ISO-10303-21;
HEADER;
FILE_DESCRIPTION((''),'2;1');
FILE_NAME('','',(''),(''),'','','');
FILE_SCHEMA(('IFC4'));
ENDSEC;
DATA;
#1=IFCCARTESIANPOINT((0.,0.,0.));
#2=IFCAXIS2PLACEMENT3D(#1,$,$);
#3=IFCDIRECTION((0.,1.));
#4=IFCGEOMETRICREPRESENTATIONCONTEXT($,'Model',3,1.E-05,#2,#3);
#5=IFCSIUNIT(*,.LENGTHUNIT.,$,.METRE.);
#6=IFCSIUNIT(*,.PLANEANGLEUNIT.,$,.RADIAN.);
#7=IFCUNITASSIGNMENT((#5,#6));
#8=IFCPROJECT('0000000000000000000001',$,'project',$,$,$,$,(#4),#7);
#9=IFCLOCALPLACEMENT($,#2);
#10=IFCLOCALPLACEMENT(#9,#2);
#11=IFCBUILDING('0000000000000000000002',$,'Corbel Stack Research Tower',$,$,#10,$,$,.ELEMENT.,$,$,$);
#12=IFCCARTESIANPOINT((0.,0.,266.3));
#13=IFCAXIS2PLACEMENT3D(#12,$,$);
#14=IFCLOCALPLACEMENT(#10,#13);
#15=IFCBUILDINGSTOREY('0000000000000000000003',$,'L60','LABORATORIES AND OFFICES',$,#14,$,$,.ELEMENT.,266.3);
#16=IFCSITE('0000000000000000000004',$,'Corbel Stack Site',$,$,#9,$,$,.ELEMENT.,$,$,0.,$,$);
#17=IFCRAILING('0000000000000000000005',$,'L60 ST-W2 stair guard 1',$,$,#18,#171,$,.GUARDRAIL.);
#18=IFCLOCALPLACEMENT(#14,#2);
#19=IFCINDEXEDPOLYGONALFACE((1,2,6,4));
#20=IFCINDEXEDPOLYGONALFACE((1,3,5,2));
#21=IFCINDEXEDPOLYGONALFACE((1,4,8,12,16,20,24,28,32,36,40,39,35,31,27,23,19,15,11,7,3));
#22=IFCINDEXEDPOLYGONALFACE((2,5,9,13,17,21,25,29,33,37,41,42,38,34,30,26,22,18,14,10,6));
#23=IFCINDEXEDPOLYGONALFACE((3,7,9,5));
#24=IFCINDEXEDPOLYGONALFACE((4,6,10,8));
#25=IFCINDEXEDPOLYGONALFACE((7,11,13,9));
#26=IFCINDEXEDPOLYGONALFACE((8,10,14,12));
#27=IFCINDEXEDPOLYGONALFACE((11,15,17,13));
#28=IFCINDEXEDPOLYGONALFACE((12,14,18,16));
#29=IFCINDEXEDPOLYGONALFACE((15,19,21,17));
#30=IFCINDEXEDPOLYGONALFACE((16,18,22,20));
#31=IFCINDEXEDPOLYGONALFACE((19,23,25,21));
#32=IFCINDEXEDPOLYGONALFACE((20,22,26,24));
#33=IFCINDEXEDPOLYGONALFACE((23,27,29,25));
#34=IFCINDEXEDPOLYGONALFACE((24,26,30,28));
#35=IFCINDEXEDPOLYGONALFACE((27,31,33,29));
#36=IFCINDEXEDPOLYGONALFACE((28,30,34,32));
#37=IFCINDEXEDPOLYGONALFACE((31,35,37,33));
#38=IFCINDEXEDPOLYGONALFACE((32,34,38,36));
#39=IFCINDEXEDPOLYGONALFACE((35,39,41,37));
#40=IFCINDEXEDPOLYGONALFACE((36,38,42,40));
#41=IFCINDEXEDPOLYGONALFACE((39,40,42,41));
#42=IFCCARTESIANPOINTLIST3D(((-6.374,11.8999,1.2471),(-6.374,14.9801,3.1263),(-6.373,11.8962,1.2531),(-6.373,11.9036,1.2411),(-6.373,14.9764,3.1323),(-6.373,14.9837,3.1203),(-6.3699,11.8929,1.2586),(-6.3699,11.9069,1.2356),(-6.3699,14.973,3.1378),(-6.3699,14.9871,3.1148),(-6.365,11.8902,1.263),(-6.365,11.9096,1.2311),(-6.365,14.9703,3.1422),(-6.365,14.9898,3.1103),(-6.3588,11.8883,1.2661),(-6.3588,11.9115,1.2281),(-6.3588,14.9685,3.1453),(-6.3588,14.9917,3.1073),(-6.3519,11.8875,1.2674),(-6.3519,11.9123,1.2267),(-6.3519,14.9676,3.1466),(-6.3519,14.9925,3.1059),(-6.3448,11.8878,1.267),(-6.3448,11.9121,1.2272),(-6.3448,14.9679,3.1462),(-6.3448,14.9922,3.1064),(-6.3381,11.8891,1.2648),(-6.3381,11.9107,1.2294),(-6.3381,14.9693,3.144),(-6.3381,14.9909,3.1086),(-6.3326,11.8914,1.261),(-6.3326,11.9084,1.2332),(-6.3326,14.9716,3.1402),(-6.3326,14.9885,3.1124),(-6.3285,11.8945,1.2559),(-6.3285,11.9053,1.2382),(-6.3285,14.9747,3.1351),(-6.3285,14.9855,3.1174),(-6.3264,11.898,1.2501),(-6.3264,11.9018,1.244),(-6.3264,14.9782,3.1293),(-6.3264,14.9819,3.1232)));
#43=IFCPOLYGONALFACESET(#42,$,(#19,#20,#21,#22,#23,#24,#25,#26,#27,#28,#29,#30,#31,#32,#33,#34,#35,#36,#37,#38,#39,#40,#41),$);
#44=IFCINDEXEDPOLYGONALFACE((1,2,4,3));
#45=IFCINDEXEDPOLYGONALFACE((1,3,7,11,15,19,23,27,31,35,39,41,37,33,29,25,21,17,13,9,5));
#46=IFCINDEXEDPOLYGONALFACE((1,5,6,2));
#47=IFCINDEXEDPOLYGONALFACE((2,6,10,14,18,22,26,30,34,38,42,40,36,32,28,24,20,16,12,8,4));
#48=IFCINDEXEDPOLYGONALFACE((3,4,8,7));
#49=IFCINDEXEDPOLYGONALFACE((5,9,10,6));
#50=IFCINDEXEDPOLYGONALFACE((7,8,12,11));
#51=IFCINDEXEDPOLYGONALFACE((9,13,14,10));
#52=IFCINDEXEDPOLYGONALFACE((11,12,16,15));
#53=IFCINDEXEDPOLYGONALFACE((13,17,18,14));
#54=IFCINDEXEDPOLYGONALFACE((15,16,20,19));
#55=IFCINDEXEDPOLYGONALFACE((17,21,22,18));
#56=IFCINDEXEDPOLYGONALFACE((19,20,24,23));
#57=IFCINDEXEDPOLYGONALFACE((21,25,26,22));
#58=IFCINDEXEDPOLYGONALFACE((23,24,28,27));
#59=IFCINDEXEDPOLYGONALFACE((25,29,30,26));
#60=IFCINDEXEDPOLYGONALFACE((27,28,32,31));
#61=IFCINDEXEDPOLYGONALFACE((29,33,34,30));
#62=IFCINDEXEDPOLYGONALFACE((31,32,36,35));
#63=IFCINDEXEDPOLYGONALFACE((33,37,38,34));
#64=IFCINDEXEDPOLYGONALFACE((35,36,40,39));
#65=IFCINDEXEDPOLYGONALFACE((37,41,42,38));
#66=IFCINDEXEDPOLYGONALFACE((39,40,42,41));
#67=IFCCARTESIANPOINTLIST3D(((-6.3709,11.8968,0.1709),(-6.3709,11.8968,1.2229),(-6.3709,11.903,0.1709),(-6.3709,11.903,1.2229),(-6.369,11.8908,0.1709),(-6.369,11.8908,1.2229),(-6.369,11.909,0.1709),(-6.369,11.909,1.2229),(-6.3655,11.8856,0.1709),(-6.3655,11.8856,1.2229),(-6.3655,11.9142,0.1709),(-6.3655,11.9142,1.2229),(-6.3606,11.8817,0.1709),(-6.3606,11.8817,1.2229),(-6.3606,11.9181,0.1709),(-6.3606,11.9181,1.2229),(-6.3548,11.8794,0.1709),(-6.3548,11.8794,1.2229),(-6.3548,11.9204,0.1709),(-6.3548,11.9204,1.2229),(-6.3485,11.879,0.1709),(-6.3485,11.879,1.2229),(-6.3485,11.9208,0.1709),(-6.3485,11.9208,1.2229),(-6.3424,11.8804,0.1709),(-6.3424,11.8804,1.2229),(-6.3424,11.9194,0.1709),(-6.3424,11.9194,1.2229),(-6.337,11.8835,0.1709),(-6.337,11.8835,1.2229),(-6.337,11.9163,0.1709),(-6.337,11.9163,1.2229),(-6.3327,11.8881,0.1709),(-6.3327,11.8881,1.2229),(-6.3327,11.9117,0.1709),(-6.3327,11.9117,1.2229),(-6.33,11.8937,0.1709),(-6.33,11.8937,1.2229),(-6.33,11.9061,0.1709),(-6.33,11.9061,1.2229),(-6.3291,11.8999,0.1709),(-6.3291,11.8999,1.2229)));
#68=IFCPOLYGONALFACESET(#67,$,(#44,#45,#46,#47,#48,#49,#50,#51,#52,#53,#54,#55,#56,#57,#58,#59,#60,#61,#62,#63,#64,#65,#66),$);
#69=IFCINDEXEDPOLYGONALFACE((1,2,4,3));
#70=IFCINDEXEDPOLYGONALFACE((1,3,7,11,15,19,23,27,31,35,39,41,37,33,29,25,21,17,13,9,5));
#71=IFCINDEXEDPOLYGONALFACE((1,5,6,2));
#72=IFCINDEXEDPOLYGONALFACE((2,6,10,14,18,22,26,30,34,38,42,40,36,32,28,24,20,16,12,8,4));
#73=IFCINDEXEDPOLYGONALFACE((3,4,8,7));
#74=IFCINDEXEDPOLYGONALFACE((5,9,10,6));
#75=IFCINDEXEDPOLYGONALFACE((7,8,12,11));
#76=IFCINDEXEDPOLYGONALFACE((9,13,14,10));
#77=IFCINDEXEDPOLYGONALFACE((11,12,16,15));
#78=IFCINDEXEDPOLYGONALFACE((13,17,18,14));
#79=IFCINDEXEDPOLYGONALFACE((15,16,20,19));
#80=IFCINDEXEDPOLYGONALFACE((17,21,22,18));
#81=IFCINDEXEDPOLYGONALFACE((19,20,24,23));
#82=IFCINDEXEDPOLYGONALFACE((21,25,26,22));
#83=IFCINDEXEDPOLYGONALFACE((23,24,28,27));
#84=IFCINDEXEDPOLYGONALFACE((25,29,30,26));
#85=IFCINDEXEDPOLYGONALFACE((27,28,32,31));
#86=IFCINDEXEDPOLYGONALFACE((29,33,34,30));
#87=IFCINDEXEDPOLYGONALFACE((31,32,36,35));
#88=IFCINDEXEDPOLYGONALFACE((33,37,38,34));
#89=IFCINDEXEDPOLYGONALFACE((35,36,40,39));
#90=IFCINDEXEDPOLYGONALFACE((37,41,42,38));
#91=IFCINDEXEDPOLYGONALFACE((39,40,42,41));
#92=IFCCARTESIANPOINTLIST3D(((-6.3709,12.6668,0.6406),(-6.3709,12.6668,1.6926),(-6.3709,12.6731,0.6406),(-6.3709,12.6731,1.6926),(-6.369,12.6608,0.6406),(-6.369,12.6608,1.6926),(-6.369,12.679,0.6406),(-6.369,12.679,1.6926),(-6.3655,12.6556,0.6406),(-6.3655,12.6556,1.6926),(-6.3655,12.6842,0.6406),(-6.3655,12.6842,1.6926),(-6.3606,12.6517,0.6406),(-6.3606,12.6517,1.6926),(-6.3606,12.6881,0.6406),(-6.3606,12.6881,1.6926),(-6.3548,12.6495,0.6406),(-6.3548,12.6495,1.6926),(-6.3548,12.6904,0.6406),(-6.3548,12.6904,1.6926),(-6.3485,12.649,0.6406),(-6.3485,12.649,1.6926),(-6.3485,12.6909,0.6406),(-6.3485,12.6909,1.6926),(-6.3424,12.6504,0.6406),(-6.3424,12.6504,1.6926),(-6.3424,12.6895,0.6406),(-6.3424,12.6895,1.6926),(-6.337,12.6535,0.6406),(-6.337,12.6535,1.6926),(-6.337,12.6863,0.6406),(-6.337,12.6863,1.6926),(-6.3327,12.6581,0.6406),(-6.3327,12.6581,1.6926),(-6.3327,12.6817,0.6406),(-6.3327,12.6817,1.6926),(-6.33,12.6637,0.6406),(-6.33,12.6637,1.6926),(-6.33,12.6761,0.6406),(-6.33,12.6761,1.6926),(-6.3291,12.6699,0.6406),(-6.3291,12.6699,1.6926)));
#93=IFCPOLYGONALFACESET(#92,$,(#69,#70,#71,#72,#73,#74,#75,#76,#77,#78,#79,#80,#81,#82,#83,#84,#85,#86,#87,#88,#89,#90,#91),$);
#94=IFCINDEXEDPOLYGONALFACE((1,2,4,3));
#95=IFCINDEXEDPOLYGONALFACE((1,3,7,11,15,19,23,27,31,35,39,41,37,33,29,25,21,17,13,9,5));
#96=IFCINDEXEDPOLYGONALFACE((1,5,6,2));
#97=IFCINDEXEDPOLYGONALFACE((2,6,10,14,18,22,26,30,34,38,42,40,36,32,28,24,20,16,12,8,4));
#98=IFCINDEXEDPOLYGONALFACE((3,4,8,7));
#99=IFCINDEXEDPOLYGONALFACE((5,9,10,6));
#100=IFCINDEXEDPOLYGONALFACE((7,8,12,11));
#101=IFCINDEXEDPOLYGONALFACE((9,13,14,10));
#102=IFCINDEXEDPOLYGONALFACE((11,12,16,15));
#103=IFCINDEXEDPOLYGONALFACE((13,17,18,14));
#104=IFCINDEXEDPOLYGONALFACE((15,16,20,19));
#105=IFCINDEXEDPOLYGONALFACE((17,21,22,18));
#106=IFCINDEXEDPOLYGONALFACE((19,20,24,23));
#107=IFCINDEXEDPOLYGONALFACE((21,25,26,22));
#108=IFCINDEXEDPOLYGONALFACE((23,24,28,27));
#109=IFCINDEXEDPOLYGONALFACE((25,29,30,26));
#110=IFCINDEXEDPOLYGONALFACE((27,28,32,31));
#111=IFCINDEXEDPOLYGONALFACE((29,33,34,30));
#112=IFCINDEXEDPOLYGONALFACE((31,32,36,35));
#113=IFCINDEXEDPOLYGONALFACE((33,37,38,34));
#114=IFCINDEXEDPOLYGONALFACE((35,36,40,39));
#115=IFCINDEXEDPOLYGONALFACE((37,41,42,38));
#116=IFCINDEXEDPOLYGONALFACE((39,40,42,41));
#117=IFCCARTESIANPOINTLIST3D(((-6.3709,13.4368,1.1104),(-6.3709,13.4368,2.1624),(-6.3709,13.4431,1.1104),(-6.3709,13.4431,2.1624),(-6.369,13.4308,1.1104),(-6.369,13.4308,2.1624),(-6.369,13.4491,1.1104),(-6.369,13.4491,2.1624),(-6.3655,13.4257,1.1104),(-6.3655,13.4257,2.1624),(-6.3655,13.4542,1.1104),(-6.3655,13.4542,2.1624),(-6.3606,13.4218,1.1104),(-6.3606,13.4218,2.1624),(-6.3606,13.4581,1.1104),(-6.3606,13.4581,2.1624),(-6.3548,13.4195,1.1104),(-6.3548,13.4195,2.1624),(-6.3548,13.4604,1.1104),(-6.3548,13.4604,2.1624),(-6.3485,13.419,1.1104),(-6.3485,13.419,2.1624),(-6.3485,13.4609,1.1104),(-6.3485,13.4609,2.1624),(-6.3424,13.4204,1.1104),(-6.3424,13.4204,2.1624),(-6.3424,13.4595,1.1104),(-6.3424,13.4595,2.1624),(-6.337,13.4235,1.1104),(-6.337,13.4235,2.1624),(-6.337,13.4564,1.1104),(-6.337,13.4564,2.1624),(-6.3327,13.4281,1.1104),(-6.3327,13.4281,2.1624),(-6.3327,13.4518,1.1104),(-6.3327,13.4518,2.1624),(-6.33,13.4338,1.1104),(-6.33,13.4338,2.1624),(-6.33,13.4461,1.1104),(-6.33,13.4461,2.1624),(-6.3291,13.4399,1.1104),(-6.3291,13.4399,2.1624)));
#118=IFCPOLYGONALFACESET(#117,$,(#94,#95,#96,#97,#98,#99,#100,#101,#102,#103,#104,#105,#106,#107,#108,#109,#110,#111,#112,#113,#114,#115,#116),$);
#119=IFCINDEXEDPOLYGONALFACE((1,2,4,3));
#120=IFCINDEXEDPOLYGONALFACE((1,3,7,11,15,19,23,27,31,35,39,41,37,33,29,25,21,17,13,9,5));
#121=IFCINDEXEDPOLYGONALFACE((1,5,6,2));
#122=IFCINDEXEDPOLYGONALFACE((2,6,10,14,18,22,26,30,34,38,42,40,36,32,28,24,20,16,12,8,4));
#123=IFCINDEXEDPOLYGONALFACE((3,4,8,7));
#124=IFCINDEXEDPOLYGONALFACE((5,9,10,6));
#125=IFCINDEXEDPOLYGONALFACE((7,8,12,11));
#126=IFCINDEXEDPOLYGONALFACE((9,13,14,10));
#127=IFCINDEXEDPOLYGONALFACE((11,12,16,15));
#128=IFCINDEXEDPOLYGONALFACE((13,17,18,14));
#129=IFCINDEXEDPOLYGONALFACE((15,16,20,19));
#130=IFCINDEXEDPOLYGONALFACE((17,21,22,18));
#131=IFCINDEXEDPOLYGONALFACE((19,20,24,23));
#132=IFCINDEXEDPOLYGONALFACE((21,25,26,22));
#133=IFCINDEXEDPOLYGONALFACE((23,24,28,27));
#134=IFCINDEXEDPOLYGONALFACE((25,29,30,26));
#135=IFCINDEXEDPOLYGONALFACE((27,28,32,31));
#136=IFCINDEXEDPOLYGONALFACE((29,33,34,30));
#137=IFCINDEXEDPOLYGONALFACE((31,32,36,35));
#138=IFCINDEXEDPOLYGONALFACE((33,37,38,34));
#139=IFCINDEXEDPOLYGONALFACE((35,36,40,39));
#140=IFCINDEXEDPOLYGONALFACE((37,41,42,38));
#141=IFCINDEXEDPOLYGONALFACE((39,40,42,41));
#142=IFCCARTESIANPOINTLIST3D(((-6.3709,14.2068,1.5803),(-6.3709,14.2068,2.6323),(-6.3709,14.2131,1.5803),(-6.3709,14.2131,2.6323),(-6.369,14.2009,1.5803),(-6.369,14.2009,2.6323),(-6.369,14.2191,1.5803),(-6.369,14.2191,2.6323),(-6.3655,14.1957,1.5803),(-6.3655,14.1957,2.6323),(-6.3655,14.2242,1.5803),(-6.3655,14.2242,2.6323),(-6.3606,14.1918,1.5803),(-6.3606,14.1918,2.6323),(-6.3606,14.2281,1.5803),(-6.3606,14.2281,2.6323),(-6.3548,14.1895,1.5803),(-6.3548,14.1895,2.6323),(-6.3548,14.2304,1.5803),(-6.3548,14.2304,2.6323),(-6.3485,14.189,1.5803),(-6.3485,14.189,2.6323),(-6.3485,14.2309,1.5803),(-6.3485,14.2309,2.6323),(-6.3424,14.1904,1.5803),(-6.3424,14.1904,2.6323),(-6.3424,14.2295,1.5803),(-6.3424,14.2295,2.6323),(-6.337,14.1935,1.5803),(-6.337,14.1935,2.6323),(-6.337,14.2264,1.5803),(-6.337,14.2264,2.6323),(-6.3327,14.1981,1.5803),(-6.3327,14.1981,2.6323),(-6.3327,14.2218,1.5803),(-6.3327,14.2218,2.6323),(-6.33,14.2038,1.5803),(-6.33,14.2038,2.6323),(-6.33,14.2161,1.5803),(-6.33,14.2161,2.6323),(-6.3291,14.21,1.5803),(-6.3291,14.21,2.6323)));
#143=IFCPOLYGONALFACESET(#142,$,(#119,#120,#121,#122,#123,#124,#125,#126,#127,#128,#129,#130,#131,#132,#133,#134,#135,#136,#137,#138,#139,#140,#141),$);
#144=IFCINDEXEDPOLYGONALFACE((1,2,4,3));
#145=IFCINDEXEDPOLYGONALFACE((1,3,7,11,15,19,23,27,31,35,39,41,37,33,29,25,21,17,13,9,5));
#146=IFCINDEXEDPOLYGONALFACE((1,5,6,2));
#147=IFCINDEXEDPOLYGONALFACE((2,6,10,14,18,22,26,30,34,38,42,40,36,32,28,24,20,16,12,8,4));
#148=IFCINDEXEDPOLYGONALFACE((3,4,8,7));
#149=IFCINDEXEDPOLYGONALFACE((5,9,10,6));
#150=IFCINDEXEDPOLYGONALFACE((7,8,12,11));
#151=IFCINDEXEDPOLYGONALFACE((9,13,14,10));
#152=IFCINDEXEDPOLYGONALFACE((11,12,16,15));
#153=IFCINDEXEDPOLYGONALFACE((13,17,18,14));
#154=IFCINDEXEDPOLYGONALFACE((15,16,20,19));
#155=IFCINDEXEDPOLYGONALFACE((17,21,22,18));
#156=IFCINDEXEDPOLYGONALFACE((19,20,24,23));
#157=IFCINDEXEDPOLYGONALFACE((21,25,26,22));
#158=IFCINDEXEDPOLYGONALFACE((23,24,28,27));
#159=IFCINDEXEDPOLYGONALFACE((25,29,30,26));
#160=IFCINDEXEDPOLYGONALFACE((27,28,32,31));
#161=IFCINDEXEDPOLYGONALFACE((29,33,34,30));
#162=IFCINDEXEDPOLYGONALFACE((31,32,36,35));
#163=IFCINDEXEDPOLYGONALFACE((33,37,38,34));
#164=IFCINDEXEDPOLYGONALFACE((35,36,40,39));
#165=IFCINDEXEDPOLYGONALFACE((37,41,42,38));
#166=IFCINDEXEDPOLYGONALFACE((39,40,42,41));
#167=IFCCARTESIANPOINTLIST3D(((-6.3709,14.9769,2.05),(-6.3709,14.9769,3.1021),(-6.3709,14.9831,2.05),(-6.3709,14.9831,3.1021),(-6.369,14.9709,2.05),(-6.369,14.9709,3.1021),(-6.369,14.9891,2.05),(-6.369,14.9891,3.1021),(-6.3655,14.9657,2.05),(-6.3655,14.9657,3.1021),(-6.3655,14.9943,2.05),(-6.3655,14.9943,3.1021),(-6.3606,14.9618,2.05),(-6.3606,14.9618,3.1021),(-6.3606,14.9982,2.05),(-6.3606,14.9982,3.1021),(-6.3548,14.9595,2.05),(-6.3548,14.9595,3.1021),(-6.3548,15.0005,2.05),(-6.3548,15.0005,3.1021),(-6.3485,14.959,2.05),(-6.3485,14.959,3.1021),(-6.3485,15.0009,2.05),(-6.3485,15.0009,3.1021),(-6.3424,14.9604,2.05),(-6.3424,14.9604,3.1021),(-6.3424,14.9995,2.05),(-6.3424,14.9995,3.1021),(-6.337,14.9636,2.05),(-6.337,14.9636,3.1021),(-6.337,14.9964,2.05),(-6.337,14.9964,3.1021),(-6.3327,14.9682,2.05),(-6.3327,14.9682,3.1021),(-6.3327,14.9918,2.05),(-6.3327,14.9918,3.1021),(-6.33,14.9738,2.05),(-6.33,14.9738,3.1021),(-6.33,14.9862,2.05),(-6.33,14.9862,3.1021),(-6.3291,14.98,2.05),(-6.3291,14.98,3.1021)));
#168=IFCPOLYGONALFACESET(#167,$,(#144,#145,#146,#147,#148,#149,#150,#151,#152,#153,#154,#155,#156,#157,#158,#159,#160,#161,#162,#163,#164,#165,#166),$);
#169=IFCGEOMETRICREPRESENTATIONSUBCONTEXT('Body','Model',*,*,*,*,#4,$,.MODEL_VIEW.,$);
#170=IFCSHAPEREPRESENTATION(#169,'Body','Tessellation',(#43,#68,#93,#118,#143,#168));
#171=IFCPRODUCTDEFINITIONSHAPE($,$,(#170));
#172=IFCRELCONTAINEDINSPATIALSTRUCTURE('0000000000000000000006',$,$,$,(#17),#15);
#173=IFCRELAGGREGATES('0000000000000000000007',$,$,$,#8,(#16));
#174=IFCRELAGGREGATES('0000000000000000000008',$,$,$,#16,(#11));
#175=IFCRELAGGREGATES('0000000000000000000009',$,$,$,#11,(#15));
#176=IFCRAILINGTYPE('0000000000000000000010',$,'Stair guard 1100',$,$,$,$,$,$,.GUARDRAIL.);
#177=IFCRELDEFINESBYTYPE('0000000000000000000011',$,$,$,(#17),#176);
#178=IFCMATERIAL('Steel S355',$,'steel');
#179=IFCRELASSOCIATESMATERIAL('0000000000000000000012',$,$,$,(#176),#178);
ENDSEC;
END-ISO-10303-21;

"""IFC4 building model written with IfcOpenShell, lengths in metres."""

from ifc_helpers import new_model, si_unit, direction, frame, origin, origin_2d, place, context, subcontext, project, spatial, circle, extrude, material, type_object, element, save


model = new_model("IFC4")

# Units and contexts
model_context = context("Model", 3, precision=1e-05, world=origin(), true_north=direction((0.0, 1.0)))
body_context = subcontext(model_context, "Body", "Model", "MODEL_VIEW")
ifc_project = project(units=[si_unit("LENGTHUNIT", "METRE"), si_unit("PLANEANGLEUNIT", "RADIAN")], contexts=[model_context])

# Site, building, storey
site_placement = place(None, origin())
site = spatial("IfcSite", under=ifc_project, at=site_placement, Name="Corbel Stack Site", CompositionType="ELEMENT", RefElevation=0.0)
building_placement = place(site_placement, origin())
building = spatial("IfcBuilding", under=site, at=building_placement, Name="Corbel Stack Research Tower", CompositionType="ELEMENT")
storey_placement = place(building_placement, frame((0.0, 0.0, 266.3)))
storey = spatial("IfcBuildingStorey", under=building, at=storey_placement, Name="L60", Description="LABORATORIES AND OFFICES", CompositionType="ELEMENT", Elevation=266.3)

# Railing
ifc_material_1 = material(Name="Steel S355", Category="steel")
railing_type_1 = type_object("IfcRailingType", Name="Stair guard 1100", PredefinedType="GUARDRAIL", material=ifc_material_1)
railing_1_placement = place(storey_placement, frame((-6.3501, 11.8999, 0.1709)))
element("IfcRailing", 1, at=railing_1_placement, inside=storey, type_object=railing_type_1, Name="L60 ST-W2 stair guard 1", PredefinedType="GUARDRAIL", context=body_context, shape_type="SweptSolid", body=[
    extrude(circle(Radius=0.0239, at=origin_2d()), frame((0.0, 0.0, 1.0762), z_axis=(0.0, 0.853666, 0.52082), x_axis=(-1.0, 0.0, 0.0)), (0.0, 0.0, 1.0), 3.6082),
    extrude(circle(Radius=0.021, at=origin_2d()), origin(), (0.0, 0.0, 1.0), 1.052),
    extrude(circle(Radius=0.021, at=origin_2d()), frame((0.0, 0.77, 0.4697)), (0.0, 0.0, 1.0), 1.052),
    extrude(circle(Radius=0.021, at=origin_2d()), frame((0.0, 1.54, 0.9395)), (0.0, 0.0, 1.0), 1.052),
    extrude(circle(Radius=0.021, at=origin_2d()), frame((0.0, 2.3101, 1.4094)), (0.0, 0.0, 1.0), 1.052),
    extrude(circle(Radius=0.021, at=origin_2d()), frame((0.0, 3.0801, 1.8792)), (0.0, 0.0, 1.0), 1.052),
])

save(model, "model.ifc")
